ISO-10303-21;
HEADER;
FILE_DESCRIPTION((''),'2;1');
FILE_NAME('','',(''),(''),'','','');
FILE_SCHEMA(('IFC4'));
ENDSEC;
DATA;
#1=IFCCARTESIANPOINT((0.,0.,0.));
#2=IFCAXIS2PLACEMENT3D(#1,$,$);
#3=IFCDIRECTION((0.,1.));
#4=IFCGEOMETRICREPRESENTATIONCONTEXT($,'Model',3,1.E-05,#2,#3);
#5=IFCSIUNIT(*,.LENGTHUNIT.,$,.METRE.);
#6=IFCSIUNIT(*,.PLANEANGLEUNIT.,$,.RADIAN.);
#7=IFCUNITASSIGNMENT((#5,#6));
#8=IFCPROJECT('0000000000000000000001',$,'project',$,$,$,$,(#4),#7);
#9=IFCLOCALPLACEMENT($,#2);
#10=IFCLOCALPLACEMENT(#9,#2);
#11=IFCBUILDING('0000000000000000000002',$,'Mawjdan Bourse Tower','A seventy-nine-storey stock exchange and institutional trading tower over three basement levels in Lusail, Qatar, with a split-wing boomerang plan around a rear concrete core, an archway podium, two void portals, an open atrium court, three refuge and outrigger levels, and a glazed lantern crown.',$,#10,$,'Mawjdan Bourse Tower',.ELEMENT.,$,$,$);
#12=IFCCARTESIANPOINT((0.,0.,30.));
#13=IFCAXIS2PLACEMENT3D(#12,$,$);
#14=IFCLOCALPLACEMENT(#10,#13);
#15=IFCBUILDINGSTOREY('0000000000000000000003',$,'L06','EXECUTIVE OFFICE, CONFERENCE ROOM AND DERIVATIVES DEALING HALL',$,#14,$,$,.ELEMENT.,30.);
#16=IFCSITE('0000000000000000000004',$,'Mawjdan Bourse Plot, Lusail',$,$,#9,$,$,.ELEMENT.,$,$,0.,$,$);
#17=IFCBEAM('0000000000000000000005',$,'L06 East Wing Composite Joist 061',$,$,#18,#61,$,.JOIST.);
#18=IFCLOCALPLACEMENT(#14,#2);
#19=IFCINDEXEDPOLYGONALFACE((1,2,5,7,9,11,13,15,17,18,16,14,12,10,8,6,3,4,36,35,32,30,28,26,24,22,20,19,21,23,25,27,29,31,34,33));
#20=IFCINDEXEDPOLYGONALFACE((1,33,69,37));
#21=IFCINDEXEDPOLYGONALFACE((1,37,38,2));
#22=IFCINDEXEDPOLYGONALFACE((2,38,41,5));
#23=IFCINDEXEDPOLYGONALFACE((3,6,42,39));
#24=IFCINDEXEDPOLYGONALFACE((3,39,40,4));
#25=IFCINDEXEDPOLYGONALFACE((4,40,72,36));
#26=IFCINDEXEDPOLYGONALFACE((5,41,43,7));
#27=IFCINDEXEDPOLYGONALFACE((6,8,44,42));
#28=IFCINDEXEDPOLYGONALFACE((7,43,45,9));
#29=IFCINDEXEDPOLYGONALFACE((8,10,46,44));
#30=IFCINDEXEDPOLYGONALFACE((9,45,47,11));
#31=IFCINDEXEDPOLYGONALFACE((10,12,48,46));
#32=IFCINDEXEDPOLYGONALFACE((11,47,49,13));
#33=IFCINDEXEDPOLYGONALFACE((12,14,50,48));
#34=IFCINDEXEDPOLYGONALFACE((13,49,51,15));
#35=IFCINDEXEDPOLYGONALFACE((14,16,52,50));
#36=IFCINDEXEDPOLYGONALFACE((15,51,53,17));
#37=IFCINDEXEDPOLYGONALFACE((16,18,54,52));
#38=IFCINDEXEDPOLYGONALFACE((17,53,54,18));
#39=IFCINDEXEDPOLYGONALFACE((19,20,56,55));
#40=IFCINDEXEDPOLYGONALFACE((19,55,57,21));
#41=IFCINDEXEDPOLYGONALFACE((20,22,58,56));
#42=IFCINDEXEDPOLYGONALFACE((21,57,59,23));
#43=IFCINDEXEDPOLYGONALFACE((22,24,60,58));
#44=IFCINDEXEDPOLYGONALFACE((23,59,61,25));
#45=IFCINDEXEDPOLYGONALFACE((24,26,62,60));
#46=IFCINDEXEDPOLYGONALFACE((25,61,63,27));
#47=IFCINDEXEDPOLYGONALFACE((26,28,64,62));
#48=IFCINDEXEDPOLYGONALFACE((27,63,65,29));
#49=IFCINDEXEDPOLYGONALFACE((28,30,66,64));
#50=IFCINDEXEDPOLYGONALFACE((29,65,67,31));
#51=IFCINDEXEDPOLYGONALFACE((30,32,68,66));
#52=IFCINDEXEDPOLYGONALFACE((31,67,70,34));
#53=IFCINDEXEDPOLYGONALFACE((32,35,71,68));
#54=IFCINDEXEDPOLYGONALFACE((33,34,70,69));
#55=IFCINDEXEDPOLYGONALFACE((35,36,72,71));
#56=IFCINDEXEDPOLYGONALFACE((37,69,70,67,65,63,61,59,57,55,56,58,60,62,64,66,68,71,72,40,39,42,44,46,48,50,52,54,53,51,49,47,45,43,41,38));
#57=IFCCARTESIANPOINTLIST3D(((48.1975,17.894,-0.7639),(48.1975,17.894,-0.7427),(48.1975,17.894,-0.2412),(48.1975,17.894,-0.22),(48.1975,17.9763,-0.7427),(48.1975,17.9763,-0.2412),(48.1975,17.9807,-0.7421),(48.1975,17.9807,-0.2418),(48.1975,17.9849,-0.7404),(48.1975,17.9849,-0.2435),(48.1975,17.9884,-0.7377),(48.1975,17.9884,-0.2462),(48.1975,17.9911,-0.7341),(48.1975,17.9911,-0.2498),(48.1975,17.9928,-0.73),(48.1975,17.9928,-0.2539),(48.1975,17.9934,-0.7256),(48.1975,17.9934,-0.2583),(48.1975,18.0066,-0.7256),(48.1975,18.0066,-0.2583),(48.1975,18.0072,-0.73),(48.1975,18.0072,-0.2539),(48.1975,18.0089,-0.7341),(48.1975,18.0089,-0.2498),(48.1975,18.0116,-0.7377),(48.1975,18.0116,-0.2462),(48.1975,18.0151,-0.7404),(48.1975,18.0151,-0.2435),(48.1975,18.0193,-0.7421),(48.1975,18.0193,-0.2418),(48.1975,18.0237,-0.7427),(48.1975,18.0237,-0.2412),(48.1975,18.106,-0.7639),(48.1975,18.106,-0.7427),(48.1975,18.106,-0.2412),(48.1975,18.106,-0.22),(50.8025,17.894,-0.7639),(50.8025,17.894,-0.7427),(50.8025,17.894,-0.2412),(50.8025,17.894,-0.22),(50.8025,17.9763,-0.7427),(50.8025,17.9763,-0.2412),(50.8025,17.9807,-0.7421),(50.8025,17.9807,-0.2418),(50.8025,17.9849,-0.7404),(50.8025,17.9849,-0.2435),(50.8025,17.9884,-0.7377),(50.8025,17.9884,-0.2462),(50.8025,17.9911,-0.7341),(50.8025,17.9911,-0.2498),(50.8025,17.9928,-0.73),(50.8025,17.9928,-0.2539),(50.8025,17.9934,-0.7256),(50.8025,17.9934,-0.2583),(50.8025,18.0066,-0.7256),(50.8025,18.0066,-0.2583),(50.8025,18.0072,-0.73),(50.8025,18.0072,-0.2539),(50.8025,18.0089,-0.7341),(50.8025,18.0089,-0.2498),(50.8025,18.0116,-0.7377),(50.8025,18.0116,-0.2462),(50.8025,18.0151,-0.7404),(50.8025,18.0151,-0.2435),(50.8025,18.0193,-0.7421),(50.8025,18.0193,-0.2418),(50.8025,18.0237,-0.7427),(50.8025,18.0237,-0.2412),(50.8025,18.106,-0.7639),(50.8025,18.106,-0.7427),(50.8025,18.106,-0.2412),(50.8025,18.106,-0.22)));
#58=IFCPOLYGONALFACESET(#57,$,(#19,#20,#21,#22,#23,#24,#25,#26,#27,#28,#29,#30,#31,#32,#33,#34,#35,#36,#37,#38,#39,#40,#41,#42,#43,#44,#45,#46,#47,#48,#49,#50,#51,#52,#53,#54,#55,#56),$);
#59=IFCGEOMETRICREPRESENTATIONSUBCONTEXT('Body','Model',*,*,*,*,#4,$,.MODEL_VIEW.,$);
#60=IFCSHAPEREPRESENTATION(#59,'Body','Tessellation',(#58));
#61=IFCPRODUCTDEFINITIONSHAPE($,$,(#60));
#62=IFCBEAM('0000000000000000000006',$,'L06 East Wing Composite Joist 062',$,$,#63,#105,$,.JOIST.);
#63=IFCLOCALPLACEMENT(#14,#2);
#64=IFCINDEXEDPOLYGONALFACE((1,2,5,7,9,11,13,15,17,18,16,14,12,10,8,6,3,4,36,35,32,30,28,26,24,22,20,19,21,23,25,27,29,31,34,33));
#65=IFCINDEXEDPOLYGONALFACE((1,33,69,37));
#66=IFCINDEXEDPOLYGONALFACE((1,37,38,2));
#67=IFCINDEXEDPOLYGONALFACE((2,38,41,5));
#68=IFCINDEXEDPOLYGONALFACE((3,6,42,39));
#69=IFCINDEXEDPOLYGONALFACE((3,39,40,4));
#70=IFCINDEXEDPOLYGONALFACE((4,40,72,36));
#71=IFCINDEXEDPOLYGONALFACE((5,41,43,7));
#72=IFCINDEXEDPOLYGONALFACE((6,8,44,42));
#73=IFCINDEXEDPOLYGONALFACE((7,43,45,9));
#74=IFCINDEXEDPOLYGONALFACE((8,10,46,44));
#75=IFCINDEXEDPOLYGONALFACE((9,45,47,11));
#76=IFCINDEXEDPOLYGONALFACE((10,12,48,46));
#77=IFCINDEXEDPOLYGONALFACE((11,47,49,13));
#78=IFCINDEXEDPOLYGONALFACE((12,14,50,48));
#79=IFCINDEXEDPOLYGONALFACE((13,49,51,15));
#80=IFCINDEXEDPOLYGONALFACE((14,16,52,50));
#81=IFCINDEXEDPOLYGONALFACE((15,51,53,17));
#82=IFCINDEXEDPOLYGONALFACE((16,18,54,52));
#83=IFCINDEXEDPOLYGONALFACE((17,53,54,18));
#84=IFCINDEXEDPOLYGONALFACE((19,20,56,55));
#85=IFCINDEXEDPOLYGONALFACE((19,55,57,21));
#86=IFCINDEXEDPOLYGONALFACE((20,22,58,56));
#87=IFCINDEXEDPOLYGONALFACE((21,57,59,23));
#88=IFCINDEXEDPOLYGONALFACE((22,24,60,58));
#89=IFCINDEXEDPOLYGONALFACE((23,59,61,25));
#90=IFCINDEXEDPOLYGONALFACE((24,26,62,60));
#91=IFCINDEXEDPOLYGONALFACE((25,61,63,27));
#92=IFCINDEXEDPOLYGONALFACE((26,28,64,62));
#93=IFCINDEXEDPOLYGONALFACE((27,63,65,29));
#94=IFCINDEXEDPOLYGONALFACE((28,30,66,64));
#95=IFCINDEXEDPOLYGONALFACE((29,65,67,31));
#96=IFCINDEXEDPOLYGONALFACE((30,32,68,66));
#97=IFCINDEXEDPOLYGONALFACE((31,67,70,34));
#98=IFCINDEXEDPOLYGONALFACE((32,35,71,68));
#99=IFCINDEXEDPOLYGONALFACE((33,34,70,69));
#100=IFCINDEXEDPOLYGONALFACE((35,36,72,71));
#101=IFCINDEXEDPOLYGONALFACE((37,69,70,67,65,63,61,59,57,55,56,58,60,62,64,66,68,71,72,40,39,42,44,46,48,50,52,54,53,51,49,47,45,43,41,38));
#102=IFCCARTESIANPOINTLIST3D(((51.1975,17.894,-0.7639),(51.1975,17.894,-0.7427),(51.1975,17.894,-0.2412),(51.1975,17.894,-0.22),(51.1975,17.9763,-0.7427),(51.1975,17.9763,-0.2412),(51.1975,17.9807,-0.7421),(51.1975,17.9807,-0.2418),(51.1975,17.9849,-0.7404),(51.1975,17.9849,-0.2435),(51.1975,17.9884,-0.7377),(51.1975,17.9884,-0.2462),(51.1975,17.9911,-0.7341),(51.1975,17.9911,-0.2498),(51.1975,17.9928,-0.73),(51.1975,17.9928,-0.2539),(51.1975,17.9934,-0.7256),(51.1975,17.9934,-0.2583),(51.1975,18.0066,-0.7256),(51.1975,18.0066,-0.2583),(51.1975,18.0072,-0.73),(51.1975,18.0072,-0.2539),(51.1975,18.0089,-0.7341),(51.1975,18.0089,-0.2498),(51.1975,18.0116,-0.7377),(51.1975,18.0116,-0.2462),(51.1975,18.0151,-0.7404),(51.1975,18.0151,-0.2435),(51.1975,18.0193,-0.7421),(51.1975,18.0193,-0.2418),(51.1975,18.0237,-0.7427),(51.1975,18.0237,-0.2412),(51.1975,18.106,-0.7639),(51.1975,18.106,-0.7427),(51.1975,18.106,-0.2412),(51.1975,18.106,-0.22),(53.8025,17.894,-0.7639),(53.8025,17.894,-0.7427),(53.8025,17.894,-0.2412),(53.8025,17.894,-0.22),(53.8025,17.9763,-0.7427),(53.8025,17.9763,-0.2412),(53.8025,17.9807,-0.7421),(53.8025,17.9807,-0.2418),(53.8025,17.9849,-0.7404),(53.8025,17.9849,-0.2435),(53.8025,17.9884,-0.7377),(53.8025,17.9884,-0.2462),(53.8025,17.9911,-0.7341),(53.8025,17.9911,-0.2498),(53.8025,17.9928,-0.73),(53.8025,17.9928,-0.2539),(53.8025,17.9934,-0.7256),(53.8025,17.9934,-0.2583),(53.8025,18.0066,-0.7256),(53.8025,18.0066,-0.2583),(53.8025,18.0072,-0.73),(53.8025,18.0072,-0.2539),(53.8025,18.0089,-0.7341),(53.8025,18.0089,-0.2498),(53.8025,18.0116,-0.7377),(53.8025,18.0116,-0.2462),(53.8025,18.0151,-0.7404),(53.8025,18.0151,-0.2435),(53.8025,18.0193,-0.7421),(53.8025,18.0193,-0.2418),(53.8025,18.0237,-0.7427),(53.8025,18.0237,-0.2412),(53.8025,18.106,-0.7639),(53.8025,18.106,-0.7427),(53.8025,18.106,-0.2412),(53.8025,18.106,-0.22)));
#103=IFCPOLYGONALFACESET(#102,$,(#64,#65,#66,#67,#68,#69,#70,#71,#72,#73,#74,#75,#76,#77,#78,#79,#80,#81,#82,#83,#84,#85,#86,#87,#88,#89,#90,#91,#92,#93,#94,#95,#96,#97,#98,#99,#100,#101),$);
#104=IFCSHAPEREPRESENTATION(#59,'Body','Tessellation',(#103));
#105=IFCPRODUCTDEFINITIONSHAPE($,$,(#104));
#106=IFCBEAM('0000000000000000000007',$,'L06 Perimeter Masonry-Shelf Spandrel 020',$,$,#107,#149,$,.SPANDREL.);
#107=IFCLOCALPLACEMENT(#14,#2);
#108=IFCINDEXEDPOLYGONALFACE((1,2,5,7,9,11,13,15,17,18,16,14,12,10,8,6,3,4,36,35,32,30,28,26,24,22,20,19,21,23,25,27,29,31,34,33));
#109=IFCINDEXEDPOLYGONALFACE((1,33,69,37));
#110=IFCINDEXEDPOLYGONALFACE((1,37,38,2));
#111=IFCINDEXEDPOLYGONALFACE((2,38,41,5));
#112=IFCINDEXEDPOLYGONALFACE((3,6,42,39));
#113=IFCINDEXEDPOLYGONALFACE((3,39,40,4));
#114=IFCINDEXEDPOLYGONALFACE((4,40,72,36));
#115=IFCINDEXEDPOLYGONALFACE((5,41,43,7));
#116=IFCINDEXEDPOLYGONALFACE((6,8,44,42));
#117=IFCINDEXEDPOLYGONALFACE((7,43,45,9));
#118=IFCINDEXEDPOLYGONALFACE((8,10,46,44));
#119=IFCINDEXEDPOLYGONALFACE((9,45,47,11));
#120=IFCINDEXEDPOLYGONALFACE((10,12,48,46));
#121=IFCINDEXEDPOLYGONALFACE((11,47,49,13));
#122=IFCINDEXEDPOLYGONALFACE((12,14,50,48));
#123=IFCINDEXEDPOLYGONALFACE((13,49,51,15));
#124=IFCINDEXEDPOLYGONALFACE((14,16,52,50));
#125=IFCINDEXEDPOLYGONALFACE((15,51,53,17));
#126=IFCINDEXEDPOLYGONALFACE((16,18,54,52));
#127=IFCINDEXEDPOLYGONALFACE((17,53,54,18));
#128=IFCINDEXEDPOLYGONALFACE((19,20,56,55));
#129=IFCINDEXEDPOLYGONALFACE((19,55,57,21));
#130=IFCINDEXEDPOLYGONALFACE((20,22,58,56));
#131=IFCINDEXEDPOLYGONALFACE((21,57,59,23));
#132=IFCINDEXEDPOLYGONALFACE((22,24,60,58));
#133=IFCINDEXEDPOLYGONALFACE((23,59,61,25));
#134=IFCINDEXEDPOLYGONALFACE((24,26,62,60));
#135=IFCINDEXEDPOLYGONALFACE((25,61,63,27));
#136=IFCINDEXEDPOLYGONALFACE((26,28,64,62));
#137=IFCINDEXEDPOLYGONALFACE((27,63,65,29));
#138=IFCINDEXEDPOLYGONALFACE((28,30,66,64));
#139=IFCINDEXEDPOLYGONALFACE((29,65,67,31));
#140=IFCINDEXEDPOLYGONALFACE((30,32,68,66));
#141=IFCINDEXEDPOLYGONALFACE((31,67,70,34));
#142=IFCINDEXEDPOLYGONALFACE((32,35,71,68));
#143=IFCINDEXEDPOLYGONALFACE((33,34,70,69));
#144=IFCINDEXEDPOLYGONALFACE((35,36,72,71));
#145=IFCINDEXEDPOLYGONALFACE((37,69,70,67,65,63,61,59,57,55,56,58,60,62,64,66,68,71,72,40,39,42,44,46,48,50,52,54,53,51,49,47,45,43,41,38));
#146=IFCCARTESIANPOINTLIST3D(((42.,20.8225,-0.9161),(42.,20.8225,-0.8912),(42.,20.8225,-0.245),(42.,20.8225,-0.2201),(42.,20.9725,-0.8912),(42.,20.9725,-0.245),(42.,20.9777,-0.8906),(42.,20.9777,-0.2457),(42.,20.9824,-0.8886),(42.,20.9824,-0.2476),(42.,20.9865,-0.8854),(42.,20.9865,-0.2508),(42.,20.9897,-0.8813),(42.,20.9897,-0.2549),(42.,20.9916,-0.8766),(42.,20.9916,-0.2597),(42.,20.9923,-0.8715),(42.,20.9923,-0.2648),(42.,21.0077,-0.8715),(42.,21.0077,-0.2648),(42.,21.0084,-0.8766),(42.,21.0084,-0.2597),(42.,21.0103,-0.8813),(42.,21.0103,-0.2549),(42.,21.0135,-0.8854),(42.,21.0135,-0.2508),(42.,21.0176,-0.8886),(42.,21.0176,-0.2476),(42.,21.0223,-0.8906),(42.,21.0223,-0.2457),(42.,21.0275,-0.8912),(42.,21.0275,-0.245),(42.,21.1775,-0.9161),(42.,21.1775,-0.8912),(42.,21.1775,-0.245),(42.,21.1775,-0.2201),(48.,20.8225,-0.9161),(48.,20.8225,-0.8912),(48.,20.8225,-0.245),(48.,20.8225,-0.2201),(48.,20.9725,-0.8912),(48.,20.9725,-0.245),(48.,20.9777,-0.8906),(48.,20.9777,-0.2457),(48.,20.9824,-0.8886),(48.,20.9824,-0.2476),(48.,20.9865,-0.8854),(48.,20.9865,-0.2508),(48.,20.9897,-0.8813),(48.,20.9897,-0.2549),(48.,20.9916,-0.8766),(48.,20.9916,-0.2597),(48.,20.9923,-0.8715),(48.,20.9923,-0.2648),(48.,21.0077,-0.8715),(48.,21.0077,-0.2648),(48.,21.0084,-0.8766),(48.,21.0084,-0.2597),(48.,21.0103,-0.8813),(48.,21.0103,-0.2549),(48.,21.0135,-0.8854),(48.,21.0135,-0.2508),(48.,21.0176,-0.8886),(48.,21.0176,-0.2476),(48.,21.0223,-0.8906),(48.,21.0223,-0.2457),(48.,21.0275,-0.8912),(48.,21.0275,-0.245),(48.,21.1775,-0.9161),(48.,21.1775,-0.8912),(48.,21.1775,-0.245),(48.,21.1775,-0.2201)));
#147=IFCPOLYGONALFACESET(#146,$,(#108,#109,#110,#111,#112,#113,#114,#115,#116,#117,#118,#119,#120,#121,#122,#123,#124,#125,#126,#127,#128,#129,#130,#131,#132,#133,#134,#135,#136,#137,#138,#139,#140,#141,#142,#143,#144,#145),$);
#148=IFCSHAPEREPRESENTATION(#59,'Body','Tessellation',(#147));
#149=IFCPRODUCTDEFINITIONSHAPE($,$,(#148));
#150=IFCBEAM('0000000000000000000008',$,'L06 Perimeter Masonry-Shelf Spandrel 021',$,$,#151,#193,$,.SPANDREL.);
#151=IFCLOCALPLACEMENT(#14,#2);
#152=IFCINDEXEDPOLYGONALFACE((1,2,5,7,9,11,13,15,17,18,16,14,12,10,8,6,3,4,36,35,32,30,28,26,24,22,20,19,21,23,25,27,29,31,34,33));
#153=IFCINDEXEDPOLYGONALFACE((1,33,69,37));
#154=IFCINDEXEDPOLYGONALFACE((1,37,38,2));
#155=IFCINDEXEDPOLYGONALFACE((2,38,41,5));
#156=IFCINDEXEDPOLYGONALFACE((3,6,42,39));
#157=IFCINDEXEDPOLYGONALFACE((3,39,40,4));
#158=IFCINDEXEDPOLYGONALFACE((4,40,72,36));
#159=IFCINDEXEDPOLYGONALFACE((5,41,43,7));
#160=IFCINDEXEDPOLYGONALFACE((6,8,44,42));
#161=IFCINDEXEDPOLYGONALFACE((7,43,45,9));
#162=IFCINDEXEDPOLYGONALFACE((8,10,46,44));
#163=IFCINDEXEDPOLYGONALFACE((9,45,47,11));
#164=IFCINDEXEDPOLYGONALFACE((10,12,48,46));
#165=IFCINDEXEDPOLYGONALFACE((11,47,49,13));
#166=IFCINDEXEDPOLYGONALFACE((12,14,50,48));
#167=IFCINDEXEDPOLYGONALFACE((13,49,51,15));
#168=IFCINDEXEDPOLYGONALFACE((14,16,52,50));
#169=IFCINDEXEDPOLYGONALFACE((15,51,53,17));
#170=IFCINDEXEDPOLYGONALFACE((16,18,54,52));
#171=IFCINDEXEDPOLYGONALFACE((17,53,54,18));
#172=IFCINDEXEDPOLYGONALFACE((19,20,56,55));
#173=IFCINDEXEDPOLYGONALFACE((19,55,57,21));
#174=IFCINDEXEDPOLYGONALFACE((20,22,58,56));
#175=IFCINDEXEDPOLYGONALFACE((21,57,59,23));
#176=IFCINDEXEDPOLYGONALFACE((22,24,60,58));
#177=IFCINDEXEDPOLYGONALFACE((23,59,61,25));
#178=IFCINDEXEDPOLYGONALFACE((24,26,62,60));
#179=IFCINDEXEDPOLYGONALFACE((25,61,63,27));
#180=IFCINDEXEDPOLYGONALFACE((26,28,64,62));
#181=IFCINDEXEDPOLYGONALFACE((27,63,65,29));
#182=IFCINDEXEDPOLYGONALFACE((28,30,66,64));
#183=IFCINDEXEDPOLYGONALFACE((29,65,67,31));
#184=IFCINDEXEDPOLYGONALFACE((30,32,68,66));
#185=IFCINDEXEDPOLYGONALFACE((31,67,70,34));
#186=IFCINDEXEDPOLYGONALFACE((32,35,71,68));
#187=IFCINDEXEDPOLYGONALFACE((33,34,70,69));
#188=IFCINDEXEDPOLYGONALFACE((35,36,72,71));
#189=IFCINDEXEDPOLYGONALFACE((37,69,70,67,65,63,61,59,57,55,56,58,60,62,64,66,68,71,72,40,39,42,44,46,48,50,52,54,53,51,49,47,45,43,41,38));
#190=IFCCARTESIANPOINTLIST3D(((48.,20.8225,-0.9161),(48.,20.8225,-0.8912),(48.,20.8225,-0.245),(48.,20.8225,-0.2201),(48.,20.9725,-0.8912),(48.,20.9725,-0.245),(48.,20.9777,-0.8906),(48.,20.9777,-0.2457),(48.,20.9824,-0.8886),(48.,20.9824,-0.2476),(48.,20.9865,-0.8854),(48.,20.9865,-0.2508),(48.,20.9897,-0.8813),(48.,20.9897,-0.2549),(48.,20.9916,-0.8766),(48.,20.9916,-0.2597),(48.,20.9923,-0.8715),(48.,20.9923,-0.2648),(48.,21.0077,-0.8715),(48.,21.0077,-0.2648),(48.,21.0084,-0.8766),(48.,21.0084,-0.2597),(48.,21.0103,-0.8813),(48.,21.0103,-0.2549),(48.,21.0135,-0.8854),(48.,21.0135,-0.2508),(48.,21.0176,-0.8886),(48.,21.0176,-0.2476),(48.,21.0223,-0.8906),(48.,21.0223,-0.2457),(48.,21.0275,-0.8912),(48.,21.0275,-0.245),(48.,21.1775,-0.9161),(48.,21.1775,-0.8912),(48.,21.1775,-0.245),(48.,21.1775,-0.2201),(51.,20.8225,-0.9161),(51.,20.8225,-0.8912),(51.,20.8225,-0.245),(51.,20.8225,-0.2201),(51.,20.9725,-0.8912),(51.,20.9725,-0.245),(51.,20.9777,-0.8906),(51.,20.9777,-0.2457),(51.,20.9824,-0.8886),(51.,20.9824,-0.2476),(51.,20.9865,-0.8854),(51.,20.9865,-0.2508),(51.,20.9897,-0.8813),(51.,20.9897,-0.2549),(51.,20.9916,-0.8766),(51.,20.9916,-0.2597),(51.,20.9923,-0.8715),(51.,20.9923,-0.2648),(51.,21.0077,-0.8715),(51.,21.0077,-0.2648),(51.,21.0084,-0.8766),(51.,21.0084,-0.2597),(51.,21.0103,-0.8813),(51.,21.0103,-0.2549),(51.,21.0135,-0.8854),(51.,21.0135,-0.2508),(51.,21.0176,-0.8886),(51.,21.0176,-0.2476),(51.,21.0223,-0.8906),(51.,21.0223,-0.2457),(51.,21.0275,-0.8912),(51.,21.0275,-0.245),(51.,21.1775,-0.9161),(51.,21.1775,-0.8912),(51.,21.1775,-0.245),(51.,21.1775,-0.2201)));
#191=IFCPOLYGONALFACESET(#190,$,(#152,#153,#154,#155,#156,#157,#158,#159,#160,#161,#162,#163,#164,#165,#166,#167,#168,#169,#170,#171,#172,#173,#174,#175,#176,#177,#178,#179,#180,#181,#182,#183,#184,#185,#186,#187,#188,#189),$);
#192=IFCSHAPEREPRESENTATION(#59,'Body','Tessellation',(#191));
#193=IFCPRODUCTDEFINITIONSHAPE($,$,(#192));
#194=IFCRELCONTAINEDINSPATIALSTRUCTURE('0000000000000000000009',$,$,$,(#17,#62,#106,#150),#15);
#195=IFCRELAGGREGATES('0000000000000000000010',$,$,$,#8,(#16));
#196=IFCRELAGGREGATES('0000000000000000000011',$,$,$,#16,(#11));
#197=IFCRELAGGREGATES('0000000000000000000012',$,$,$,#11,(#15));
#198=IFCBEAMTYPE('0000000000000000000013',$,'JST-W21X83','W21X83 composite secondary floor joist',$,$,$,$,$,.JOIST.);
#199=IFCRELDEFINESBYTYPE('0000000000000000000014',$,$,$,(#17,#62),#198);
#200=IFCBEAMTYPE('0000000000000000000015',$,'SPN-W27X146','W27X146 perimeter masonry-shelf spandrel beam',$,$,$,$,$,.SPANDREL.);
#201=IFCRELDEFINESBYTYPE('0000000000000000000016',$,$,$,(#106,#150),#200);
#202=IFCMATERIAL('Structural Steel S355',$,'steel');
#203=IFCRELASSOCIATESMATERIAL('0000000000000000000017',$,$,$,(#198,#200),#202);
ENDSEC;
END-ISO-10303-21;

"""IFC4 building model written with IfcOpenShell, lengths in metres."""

from ifc_helpers import new_model, si_unit, direction, frame, origin, origin_2d, place, context, subcontext, project, spatial, i_section, extrude, material, material_profile, profile_set, type_object, element, save


model = new_model("IFC4")

# Units and contexts
model_context = context("Model", 3, precision=1e-05, world=origin(), true_north=direction((0.0, 1.0)))
body_context = subcontext(model_context, "Body", "Model", "MODEL_VIEW")
ifc_project = project(units=[si_unit("LENGTHUNIT", "METRE"), si_unit("PLANEANGLEUNIT", "RADIAN")], contexts=[model_context])

# Site, building, storey
site_placement = place(None, origin())
site = spatial("IfcSite", under=ifc_project, at=site_placement, Name="Mawjdan Bourse Plot, Lusail", CompositionType="ELEMENT", RefElevation=0.0)
building_placement = place(site_placement, origin())
building = spatial("IfcBuilding", under=site, at=building_placement, Name="Mawjdan Bourse Tower", Description="A seventy-nine-storey stock exchange and institutional trading tower over three basement levels in Lusail, Qatar, with a split-wing boomerang plan around a rear concrete core, an archway podium, two void portals, an open atrium court, three refuge and outrigger levels, and a glazed lantern crown.", LongName="Mawjdan Bourse Tower", CompositionType="ELEMENT")
storey_placement = place(building_placement, frame((0.0, 0.0, 30.0)))
storey = spatial("IfcBuildingStorey", under=building, at=storey_placement, Name="L06", Description="EXECUTIVE OFFICE, CONFERENCE ROOM AND DERIVATIVES DEALING HALL", CompositionType="ELEMENT", Elevation=30.0)

# Beams
ifc_material_1 = material(Name="Structural Steel S355", Category="steel")
ifc_material_profile_1 = material_profile(ifc_material_1, i_section(OverallWidth=0.2119, OverallDepth=0.5439, WebThickness=0.0132, FlangeThickness=0.0212, FilletRadius=0.0171, at=origin_2d()), Name="W21X83")
ifc_profile_set_1 = profile_set([ifc_material_profile_1], Name="Structural Steel S355")
beam_type_1 = type_object("IfcBeamType", Name="JST-W21X83", Description="W21X83 composite secondary floor joist", PredefinedType="JOIST", material=ifc_profile_set_1)
for number, where, z_axis, x_axis, name in (
    (1, (48.1975, 18.0, -0.4919), (1.0, 0.0, 0.0), (0.0, 1.0, 0.0), "L06 East Wing Composite Joist 061"),
    (2, (51.1975, 18.0, -0.4919), (1.0, 0.0, 0.0), (0.0, 1.0, 0.0), "L06 East Wing Composite Joist 062"),
):
    element("IfcBeam", number, at=place(storey_placement, frame(where, z_axis=z_axis, x_axis=x_axis)), inside=storey, type_object=beam_type_1, Name=name, PredefinedType="JOIST", context=body_context, shape_type="SweptSolid", body=[
        extrude(i_section(OverallWidth=0.2119, OverallDepth=0.5439, WebThickness=0.0132, FlangeThickness=0.0212, FilletRadius=0.0171, at=origin_2d()), origin(), (0.0, 0.0, 1.0), 2.605),
    ])
ifc_material_profile_2 = material_profile(ifc_material_1, i_section(OverallWidth=0.355, OverallDepth=0.696, WebThickness=0.0154, FlangeThickness=0.0249, FilletRadius=0.0198, at=origin_2d()), Name="W27X146")
ifc_profile_set_2 = profile_set([ifc_material_profile_2], Name="Structural Steel S355")
beam_type_2 = type_object("IfcBeamType", Name="SPN-W27X146", Description="W27X146 perimeter masonry-shelf spandrel beam", PredefinedType="SPANDREL", material=ifc_profile_set_2)
beam_1_placement = place(storey_placement, frame((42.0, 21.0, -0.5681), z_axis=(1.0, 0.0, 0.0), x_axis=(0.0, 1.0, 0.0)))
element("IfcBeam", 3, at=beam_1_placement, inside=storey, type_object=beam_type_2, Name="L06 Perimeter Masonry-Shelf Spandrel 020", PredefinedType="SPANDREL", context=body_context, shape_type="SweptSolid", body=[
    extrude(i_section(OverallWidth=0.355, OverallDepth=0.696, WebThickness=0.0154, FlangeThickness=0.0249, FilletRadius=0.0198, at=origin_2d()), origin(), (0.0, 0.0, 1.0), 6.0),
])
for number, where, z_axis, x_axis, name in (
    (4, (48.0, 21.0, -0.5681), (1.0, 0.0, 0.0), (0.0, 1.0, 0.0), "L06 Perimeter Masonry-Shelf Spandrel 021"),
):
    element("IfcBeam", number, at=place(storey_placement, frame(where, z_axis=z_axis, x_axis=x_axis)), inside=storey, type_object=beam_type_2, Name=name, PredefinedType="SPANDREL", context=body_context, shape_type="SweptSolid", body=[
        extrude(i_section(OverallWidth=0.355, OverallDepth=0.696, WebThickness=0.0154, FlangeThickness=0.0249, FilletRadius=0.0198, at=origin_2d()), origin(), (0.0, 0.0, 1.0), 3.0),
    ])

save(model, "model.ifc")
